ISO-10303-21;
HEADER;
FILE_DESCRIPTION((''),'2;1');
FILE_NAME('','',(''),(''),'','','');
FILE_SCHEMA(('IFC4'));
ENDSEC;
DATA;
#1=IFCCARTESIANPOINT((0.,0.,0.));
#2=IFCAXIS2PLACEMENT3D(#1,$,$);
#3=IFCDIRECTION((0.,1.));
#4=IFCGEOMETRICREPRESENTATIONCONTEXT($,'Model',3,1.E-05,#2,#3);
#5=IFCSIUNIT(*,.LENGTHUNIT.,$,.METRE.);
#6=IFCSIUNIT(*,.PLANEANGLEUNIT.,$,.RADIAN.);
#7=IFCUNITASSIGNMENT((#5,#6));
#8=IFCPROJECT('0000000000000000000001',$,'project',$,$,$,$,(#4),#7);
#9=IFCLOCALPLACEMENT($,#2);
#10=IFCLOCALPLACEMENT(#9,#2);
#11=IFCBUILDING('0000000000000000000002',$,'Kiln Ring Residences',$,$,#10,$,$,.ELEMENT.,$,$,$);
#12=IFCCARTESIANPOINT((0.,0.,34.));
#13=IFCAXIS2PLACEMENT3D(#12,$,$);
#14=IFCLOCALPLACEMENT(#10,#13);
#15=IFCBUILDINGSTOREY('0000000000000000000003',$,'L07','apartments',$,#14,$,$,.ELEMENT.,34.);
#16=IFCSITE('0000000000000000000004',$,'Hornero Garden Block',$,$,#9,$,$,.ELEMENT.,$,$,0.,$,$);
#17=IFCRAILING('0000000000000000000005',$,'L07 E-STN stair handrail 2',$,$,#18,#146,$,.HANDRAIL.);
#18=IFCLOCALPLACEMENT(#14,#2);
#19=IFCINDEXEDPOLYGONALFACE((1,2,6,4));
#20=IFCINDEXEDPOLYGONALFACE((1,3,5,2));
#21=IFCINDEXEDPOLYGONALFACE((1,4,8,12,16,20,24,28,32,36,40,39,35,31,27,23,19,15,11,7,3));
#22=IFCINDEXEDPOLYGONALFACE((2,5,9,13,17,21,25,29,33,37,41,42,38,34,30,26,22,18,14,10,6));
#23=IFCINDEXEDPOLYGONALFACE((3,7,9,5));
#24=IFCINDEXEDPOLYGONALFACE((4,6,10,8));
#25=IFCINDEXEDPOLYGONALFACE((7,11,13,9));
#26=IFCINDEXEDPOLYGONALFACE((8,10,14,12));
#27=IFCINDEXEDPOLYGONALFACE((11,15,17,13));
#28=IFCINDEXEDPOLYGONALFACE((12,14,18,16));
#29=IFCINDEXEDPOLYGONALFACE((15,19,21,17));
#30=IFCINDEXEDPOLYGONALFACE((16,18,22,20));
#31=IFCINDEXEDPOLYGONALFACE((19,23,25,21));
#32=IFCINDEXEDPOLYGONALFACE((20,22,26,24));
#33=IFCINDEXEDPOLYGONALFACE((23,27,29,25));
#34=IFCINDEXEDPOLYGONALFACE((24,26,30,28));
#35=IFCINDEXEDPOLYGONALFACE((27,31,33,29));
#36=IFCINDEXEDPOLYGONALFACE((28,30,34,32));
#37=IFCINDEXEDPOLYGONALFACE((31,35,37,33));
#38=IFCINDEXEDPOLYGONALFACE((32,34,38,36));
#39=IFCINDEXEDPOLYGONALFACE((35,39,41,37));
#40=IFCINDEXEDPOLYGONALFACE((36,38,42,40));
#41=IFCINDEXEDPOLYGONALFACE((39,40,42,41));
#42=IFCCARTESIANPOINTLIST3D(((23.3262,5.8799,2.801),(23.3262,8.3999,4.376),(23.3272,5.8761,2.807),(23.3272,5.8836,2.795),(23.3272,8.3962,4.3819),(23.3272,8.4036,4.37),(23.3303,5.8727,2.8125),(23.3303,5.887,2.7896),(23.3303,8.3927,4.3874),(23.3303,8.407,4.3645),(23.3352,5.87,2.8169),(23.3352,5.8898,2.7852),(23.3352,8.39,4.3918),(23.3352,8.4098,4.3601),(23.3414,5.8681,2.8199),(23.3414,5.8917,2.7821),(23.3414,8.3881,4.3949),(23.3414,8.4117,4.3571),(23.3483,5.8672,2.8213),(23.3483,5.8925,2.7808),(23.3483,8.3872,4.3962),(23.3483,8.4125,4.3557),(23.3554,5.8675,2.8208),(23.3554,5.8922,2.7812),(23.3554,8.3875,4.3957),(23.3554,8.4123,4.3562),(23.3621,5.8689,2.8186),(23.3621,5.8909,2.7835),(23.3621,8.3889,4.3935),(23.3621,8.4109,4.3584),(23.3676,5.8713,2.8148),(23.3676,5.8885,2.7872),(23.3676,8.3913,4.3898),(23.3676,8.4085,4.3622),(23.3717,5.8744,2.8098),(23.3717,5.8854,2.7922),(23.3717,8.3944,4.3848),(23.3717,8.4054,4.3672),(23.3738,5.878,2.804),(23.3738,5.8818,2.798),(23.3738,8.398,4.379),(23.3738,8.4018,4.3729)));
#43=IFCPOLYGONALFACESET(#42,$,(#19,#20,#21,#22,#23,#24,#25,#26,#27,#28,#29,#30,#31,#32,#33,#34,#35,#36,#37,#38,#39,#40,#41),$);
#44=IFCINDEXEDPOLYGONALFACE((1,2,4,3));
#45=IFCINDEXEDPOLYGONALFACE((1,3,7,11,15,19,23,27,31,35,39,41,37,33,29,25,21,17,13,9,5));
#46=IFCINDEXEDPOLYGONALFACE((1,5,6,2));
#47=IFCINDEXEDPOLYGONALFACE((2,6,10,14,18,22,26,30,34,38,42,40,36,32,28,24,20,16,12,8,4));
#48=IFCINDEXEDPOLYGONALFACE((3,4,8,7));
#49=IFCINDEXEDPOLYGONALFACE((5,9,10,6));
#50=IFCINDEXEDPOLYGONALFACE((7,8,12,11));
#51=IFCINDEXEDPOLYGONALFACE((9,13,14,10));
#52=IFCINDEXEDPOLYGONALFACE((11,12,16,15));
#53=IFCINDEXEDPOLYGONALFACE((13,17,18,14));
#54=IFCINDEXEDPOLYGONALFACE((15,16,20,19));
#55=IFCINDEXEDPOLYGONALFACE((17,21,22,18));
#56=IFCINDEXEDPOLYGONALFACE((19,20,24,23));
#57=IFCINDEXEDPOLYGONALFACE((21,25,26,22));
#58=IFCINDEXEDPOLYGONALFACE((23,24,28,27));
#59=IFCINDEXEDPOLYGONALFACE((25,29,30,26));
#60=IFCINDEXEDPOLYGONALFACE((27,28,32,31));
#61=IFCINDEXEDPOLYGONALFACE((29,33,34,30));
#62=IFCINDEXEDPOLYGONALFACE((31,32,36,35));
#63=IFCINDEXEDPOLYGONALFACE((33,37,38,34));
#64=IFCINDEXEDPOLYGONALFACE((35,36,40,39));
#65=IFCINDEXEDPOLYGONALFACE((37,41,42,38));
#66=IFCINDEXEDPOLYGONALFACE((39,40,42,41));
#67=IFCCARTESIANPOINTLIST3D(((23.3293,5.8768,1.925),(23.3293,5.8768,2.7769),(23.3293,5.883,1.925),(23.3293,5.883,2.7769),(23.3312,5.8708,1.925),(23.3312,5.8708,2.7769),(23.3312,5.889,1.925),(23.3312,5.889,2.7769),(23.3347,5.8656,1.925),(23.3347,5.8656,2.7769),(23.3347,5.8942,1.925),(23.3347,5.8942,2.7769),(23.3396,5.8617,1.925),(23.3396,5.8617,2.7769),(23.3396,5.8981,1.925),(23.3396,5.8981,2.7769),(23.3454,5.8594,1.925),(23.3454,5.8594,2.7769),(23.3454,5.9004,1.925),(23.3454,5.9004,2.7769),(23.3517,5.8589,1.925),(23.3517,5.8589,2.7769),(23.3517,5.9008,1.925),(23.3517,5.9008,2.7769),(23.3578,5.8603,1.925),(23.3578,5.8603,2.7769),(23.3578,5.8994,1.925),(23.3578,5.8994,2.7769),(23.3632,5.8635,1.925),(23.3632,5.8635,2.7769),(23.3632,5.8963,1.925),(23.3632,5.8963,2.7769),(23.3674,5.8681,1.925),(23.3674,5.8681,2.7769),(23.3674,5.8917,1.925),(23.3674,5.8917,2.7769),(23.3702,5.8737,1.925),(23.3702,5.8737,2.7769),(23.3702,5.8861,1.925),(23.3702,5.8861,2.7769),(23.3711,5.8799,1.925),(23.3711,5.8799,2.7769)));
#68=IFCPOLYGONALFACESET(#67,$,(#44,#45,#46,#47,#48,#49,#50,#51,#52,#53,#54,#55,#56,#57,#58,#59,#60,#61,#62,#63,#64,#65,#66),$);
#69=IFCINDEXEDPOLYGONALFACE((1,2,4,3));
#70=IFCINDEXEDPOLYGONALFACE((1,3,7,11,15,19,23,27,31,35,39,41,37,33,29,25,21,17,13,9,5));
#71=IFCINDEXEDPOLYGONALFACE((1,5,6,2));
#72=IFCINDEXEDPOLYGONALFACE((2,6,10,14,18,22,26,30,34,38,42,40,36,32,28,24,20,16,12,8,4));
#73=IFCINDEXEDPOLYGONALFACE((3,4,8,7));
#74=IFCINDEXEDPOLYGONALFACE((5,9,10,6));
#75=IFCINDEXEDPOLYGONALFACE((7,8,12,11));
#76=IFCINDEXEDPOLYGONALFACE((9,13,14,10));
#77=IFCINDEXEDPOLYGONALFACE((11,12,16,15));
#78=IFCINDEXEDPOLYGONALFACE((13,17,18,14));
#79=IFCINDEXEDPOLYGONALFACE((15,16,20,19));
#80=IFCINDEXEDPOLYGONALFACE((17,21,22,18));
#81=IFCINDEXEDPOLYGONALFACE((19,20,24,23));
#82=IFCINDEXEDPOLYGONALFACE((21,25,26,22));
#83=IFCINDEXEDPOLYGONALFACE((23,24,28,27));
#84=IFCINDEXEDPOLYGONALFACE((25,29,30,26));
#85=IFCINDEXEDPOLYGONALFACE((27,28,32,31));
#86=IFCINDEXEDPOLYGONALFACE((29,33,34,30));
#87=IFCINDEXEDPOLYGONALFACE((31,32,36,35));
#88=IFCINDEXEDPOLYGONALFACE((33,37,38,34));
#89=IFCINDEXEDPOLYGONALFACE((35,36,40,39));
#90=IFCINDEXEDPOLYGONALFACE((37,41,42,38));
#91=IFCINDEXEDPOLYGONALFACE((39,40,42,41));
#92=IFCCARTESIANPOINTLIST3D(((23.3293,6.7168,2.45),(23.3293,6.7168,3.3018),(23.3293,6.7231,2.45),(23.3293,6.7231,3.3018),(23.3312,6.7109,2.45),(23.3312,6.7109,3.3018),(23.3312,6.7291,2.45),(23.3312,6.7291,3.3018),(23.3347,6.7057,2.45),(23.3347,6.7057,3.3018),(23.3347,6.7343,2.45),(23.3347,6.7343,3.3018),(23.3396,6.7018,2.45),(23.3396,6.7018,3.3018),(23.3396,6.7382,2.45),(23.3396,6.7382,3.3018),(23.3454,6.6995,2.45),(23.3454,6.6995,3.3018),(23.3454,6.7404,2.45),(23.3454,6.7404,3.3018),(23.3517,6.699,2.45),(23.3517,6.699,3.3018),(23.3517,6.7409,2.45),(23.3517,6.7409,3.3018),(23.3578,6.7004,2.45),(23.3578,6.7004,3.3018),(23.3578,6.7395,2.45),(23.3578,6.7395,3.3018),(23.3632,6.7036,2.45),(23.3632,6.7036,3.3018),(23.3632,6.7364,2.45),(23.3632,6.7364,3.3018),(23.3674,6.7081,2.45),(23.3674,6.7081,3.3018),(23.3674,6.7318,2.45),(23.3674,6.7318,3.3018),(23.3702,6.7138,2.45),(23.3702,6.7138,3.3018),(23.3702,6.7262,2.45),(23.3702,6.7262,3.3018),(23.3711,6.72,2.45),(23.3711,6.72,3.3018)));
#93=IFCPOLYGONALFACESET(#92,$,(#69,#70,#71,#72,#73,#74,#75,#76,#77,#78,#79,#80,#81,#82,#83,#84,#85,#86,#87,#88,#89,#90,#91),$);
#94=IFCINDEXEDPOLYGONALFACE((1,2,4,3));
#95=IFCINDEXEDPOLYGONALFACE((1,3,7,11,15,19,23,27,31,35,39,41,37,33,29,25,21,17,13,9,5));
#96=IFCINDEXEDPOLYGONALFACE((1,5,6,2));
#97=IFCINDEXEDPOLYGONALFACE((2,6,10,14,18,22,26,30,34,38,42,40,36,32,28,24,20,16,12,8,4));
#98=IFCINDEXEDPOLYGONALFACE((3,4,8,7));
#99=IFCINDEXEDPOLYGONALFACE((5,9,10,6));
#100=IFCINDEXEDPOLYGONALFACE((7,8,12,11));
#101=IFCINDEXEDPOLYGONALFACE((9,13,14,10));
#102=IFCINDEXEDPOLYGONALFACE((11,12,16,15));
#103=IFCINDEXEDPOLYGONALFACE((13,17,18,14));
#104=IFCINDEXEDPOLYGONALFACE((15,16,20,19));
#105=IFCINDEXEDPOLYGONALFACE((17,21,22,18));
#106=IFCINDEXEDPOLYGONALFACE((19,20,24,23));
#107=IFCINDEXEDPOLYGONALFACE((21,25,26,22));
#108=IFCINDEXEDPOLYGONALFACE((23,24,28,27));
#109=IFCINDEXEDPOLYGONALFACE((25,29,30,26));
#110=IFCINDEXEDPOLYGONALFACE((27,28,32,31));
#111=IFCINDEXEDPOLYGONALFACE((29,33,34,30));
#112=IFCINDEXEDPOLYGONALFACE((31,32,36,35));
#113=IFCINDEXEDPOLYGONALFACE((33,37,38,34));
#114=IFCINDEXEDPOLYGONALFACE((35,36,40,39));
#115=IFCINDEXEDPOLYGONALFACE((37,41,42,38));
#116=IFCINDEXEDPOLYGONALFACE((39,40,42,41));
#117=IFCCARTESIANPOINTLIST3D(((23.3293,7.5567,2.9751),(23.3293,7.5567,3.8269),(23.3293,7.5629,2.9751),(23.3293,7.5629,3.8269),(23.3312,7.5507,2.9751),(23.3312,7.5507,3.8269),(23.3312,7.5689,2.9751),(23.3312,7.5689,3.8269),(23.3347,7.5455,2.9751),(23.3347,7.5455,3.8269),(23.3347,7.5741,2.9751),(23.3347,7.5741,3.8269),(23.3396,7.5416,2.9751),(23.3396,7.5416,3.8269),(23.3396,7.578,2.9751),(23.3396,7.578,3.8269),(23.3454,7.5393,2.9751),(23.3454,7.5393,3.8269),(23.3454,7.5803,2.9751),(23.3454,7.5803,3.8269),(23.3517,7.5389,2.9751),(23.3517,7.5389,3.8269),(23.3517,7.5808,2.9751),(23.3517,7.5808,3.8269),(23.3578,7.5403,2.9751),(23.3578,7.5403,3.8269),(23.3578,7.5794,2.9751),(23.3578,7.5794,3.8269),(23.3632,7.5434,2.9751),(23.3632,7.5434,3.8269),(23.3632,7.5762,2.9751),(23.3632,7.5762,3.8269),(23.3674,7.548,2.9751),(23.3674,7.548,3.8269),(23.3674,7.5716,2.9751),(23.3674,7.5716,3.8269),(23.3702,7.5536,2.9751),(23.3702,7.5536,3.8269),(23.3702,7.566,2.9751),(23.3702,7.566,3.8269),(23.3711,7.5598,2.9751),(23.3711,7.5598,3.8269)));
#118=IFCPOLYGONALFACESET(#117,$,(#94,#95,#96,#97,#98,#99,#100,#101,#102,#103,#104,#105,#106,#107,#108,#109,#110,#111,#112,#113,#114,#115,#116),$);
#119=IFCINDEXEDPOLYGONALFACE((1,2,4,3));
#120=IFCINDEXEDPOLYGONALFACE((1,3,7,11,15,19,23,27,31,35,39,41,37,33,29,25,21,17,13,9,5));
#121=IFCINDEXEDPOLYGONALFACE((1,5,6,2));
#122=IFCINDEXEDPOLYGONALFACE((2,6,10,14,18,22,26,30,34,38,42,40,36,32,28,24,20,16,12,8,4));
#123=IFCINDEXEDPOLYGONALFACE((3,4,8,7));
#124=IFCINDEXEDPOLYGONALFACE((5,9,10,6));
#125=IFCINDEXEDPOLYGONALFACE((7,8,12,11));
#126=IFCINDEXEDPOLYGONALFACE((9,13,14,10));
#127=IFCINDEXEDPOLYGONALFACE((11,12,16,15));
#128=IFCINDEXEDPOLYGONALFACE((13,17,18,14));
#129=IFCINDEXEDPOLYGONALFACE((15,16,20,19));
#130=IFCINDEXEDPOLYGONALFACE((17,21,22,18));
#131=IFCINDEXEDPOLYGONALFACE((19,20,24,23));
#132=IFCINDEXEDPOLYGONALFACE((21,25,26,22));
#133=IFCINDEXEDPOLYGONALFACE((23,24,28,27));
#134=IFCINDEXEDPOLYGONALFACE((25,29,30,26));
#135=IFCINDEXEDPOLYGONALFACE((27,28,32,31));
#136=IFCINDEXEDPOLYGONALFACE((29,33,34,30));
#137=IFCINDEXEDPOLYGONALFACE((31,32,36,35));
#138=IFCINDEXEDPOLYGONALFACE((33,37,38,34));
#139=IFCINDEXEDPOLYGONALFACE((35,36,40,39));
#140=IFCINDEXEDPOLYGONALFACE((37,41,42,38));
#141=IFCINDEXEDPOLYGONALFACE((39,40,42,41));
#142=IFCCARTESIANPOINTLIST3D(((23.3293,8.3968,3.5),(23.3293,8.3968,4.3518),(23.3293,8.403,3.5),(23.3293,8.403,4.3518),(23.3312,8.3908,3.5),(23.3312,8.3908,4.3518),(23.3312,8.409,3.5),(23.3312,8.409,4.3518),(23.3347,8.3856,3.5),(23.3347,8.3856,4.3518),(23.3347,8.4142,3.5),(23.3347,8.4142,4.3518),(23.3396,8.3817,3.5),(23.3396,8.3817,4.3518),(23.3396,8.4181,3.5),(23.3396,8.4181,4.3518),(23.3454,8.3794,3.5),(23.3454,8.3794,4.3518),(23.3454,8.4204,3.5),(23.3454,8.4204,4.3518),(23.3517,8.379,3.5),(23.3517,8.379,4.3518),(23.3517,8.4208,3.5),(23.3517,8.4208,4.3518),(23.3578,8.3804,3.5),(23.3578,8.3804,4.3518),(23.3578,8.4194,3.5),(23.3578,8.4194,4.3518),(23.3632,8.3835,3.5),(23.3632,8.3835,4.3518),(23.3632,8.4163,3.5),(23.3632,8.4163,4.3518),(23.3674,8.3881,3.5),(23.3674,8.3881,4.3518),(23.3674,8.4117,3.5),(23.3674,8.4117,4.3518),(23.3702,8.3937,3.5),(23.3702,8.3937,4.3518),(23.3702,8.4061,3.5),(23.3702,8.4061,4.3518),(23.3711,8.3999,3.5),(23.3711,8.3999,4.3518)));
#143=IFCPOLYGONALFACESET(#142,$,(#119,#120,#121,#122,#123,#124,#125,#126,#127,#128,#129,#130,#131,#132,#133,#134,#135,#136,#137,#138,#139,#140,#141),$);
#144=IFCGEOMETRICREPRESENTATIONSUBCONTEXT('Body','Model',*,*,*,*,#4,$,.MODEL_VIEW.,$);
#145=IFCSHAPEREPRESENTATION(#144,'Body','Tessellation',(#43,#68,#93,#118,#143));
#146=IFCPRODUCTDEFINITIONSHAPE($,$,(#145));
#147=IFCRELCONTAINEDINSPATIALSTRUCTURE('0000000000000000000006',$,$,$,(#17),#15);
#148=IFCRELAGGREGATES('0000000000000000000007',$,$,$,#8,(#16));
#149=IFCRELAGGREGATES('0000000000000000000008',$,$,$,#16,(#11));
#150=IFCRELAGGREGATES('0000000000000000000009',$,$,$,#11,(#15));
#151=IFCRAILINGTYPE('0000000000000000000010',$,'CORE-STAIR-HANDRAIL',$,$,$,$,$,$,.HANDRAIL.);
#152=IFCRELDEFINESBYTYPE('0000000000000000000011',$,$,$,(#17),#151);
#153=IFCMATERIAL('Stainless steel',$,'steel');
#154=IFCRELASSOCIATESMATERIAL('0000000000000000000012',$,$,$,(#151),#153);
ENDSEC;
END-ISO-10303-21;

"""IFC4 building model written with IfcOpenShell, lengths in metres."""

from ifc_helpers import new_model, si_unit, direction, frame, origin, origin_2d, place, context, subcontext, project, spatial, circle, extrude, material, type_object, element, save


model = new_model("IFC4")

# Units and contexts
model_context = context("Model", 3, precision=1e-05, world=origin(), true_north=direction((0.0, 1.0)))
body_context = subcontext(model_context, "Body", "Model", "MODEL_VIEW")
ifc_project = project(units=[si_unit("LENGTHUNIT", "METRE"), si_unit("PLANEANGLEUNIT", "RADIAN")], contexts=[model_context])

# Site, building, storey
site_placement = place(None, origin())
site = spatial("IfcSite", under=ifc_project, at=site_placement, Name="Hornero Garden Block", CompositionType="ELEMENT", RefElevation=0.0)
building_placement = place(site_placement, origin())
building = spatial("IfcBuilding", under=site, at=building_placement, Name="Kiln Ring Residences", CompositionType="ELEMENT")
storey_placement = place(building_placement, frame((0.0, 0.0, 34.0)))
storey = spatial("IfcBuildingStorey", under=building, at=storey_placement, Name="L07", Description="apartments", CompositionType="ELEMENT", Elevation=34.0)

# Railing
ifc_material_1 = material(Name="Stainless steel", Category="steel")
railing_type_1 = type_object("IfcRailingType", Name="CORE-STAIR-HANDRAIL", PredefinedType="HANDRAIL", material=ifc_material_1)
railing_1_placement = place(storey_placement, frame((23.3501, 5.8799, 1.925)))
element("IfcRailing", 1, at=railing_1_placement, inside=storey, type_object=railing_type_1, Name="L07 E-STN stair handrail 2", PredefinedType="HANDRAIL", context=body_context, shape_type="SweptSolid", body=[
    extrude(circle(Radius=0.0239, at=origin_2d()), frame((0.0, 0.0, 0.876), z_axis=(0.0, 0.848008, 0.529984), x_axis=(-1.0, 0.0, 0.0)), (0.0, 0.0, 1.0), 2.9717),
    extrude(circle(Radius=0.021, at=origin_2d()), origin(), (0.0, 0.0, 1.0), 0.8518),
    extrude(circle(Radius=0.021, at=origin_2d()), frame((0.0, 0.8401, 0.5249)), (0.0, 0.0, 1.0), 0.8518),
    extrude(circle(Radius=0.021, at=origin_2d()), frame((0.0, 1.6799, 1.05)), (0.0, 0.0, 1.0), 0.8518),
    extrude(circle(Radius=0.021, at=origin_2d()), frame((0.0, 2.52, 1.575)), (0.0, 0.0, 1.0), 0.8518),
])

save(model, "model.ifc")
